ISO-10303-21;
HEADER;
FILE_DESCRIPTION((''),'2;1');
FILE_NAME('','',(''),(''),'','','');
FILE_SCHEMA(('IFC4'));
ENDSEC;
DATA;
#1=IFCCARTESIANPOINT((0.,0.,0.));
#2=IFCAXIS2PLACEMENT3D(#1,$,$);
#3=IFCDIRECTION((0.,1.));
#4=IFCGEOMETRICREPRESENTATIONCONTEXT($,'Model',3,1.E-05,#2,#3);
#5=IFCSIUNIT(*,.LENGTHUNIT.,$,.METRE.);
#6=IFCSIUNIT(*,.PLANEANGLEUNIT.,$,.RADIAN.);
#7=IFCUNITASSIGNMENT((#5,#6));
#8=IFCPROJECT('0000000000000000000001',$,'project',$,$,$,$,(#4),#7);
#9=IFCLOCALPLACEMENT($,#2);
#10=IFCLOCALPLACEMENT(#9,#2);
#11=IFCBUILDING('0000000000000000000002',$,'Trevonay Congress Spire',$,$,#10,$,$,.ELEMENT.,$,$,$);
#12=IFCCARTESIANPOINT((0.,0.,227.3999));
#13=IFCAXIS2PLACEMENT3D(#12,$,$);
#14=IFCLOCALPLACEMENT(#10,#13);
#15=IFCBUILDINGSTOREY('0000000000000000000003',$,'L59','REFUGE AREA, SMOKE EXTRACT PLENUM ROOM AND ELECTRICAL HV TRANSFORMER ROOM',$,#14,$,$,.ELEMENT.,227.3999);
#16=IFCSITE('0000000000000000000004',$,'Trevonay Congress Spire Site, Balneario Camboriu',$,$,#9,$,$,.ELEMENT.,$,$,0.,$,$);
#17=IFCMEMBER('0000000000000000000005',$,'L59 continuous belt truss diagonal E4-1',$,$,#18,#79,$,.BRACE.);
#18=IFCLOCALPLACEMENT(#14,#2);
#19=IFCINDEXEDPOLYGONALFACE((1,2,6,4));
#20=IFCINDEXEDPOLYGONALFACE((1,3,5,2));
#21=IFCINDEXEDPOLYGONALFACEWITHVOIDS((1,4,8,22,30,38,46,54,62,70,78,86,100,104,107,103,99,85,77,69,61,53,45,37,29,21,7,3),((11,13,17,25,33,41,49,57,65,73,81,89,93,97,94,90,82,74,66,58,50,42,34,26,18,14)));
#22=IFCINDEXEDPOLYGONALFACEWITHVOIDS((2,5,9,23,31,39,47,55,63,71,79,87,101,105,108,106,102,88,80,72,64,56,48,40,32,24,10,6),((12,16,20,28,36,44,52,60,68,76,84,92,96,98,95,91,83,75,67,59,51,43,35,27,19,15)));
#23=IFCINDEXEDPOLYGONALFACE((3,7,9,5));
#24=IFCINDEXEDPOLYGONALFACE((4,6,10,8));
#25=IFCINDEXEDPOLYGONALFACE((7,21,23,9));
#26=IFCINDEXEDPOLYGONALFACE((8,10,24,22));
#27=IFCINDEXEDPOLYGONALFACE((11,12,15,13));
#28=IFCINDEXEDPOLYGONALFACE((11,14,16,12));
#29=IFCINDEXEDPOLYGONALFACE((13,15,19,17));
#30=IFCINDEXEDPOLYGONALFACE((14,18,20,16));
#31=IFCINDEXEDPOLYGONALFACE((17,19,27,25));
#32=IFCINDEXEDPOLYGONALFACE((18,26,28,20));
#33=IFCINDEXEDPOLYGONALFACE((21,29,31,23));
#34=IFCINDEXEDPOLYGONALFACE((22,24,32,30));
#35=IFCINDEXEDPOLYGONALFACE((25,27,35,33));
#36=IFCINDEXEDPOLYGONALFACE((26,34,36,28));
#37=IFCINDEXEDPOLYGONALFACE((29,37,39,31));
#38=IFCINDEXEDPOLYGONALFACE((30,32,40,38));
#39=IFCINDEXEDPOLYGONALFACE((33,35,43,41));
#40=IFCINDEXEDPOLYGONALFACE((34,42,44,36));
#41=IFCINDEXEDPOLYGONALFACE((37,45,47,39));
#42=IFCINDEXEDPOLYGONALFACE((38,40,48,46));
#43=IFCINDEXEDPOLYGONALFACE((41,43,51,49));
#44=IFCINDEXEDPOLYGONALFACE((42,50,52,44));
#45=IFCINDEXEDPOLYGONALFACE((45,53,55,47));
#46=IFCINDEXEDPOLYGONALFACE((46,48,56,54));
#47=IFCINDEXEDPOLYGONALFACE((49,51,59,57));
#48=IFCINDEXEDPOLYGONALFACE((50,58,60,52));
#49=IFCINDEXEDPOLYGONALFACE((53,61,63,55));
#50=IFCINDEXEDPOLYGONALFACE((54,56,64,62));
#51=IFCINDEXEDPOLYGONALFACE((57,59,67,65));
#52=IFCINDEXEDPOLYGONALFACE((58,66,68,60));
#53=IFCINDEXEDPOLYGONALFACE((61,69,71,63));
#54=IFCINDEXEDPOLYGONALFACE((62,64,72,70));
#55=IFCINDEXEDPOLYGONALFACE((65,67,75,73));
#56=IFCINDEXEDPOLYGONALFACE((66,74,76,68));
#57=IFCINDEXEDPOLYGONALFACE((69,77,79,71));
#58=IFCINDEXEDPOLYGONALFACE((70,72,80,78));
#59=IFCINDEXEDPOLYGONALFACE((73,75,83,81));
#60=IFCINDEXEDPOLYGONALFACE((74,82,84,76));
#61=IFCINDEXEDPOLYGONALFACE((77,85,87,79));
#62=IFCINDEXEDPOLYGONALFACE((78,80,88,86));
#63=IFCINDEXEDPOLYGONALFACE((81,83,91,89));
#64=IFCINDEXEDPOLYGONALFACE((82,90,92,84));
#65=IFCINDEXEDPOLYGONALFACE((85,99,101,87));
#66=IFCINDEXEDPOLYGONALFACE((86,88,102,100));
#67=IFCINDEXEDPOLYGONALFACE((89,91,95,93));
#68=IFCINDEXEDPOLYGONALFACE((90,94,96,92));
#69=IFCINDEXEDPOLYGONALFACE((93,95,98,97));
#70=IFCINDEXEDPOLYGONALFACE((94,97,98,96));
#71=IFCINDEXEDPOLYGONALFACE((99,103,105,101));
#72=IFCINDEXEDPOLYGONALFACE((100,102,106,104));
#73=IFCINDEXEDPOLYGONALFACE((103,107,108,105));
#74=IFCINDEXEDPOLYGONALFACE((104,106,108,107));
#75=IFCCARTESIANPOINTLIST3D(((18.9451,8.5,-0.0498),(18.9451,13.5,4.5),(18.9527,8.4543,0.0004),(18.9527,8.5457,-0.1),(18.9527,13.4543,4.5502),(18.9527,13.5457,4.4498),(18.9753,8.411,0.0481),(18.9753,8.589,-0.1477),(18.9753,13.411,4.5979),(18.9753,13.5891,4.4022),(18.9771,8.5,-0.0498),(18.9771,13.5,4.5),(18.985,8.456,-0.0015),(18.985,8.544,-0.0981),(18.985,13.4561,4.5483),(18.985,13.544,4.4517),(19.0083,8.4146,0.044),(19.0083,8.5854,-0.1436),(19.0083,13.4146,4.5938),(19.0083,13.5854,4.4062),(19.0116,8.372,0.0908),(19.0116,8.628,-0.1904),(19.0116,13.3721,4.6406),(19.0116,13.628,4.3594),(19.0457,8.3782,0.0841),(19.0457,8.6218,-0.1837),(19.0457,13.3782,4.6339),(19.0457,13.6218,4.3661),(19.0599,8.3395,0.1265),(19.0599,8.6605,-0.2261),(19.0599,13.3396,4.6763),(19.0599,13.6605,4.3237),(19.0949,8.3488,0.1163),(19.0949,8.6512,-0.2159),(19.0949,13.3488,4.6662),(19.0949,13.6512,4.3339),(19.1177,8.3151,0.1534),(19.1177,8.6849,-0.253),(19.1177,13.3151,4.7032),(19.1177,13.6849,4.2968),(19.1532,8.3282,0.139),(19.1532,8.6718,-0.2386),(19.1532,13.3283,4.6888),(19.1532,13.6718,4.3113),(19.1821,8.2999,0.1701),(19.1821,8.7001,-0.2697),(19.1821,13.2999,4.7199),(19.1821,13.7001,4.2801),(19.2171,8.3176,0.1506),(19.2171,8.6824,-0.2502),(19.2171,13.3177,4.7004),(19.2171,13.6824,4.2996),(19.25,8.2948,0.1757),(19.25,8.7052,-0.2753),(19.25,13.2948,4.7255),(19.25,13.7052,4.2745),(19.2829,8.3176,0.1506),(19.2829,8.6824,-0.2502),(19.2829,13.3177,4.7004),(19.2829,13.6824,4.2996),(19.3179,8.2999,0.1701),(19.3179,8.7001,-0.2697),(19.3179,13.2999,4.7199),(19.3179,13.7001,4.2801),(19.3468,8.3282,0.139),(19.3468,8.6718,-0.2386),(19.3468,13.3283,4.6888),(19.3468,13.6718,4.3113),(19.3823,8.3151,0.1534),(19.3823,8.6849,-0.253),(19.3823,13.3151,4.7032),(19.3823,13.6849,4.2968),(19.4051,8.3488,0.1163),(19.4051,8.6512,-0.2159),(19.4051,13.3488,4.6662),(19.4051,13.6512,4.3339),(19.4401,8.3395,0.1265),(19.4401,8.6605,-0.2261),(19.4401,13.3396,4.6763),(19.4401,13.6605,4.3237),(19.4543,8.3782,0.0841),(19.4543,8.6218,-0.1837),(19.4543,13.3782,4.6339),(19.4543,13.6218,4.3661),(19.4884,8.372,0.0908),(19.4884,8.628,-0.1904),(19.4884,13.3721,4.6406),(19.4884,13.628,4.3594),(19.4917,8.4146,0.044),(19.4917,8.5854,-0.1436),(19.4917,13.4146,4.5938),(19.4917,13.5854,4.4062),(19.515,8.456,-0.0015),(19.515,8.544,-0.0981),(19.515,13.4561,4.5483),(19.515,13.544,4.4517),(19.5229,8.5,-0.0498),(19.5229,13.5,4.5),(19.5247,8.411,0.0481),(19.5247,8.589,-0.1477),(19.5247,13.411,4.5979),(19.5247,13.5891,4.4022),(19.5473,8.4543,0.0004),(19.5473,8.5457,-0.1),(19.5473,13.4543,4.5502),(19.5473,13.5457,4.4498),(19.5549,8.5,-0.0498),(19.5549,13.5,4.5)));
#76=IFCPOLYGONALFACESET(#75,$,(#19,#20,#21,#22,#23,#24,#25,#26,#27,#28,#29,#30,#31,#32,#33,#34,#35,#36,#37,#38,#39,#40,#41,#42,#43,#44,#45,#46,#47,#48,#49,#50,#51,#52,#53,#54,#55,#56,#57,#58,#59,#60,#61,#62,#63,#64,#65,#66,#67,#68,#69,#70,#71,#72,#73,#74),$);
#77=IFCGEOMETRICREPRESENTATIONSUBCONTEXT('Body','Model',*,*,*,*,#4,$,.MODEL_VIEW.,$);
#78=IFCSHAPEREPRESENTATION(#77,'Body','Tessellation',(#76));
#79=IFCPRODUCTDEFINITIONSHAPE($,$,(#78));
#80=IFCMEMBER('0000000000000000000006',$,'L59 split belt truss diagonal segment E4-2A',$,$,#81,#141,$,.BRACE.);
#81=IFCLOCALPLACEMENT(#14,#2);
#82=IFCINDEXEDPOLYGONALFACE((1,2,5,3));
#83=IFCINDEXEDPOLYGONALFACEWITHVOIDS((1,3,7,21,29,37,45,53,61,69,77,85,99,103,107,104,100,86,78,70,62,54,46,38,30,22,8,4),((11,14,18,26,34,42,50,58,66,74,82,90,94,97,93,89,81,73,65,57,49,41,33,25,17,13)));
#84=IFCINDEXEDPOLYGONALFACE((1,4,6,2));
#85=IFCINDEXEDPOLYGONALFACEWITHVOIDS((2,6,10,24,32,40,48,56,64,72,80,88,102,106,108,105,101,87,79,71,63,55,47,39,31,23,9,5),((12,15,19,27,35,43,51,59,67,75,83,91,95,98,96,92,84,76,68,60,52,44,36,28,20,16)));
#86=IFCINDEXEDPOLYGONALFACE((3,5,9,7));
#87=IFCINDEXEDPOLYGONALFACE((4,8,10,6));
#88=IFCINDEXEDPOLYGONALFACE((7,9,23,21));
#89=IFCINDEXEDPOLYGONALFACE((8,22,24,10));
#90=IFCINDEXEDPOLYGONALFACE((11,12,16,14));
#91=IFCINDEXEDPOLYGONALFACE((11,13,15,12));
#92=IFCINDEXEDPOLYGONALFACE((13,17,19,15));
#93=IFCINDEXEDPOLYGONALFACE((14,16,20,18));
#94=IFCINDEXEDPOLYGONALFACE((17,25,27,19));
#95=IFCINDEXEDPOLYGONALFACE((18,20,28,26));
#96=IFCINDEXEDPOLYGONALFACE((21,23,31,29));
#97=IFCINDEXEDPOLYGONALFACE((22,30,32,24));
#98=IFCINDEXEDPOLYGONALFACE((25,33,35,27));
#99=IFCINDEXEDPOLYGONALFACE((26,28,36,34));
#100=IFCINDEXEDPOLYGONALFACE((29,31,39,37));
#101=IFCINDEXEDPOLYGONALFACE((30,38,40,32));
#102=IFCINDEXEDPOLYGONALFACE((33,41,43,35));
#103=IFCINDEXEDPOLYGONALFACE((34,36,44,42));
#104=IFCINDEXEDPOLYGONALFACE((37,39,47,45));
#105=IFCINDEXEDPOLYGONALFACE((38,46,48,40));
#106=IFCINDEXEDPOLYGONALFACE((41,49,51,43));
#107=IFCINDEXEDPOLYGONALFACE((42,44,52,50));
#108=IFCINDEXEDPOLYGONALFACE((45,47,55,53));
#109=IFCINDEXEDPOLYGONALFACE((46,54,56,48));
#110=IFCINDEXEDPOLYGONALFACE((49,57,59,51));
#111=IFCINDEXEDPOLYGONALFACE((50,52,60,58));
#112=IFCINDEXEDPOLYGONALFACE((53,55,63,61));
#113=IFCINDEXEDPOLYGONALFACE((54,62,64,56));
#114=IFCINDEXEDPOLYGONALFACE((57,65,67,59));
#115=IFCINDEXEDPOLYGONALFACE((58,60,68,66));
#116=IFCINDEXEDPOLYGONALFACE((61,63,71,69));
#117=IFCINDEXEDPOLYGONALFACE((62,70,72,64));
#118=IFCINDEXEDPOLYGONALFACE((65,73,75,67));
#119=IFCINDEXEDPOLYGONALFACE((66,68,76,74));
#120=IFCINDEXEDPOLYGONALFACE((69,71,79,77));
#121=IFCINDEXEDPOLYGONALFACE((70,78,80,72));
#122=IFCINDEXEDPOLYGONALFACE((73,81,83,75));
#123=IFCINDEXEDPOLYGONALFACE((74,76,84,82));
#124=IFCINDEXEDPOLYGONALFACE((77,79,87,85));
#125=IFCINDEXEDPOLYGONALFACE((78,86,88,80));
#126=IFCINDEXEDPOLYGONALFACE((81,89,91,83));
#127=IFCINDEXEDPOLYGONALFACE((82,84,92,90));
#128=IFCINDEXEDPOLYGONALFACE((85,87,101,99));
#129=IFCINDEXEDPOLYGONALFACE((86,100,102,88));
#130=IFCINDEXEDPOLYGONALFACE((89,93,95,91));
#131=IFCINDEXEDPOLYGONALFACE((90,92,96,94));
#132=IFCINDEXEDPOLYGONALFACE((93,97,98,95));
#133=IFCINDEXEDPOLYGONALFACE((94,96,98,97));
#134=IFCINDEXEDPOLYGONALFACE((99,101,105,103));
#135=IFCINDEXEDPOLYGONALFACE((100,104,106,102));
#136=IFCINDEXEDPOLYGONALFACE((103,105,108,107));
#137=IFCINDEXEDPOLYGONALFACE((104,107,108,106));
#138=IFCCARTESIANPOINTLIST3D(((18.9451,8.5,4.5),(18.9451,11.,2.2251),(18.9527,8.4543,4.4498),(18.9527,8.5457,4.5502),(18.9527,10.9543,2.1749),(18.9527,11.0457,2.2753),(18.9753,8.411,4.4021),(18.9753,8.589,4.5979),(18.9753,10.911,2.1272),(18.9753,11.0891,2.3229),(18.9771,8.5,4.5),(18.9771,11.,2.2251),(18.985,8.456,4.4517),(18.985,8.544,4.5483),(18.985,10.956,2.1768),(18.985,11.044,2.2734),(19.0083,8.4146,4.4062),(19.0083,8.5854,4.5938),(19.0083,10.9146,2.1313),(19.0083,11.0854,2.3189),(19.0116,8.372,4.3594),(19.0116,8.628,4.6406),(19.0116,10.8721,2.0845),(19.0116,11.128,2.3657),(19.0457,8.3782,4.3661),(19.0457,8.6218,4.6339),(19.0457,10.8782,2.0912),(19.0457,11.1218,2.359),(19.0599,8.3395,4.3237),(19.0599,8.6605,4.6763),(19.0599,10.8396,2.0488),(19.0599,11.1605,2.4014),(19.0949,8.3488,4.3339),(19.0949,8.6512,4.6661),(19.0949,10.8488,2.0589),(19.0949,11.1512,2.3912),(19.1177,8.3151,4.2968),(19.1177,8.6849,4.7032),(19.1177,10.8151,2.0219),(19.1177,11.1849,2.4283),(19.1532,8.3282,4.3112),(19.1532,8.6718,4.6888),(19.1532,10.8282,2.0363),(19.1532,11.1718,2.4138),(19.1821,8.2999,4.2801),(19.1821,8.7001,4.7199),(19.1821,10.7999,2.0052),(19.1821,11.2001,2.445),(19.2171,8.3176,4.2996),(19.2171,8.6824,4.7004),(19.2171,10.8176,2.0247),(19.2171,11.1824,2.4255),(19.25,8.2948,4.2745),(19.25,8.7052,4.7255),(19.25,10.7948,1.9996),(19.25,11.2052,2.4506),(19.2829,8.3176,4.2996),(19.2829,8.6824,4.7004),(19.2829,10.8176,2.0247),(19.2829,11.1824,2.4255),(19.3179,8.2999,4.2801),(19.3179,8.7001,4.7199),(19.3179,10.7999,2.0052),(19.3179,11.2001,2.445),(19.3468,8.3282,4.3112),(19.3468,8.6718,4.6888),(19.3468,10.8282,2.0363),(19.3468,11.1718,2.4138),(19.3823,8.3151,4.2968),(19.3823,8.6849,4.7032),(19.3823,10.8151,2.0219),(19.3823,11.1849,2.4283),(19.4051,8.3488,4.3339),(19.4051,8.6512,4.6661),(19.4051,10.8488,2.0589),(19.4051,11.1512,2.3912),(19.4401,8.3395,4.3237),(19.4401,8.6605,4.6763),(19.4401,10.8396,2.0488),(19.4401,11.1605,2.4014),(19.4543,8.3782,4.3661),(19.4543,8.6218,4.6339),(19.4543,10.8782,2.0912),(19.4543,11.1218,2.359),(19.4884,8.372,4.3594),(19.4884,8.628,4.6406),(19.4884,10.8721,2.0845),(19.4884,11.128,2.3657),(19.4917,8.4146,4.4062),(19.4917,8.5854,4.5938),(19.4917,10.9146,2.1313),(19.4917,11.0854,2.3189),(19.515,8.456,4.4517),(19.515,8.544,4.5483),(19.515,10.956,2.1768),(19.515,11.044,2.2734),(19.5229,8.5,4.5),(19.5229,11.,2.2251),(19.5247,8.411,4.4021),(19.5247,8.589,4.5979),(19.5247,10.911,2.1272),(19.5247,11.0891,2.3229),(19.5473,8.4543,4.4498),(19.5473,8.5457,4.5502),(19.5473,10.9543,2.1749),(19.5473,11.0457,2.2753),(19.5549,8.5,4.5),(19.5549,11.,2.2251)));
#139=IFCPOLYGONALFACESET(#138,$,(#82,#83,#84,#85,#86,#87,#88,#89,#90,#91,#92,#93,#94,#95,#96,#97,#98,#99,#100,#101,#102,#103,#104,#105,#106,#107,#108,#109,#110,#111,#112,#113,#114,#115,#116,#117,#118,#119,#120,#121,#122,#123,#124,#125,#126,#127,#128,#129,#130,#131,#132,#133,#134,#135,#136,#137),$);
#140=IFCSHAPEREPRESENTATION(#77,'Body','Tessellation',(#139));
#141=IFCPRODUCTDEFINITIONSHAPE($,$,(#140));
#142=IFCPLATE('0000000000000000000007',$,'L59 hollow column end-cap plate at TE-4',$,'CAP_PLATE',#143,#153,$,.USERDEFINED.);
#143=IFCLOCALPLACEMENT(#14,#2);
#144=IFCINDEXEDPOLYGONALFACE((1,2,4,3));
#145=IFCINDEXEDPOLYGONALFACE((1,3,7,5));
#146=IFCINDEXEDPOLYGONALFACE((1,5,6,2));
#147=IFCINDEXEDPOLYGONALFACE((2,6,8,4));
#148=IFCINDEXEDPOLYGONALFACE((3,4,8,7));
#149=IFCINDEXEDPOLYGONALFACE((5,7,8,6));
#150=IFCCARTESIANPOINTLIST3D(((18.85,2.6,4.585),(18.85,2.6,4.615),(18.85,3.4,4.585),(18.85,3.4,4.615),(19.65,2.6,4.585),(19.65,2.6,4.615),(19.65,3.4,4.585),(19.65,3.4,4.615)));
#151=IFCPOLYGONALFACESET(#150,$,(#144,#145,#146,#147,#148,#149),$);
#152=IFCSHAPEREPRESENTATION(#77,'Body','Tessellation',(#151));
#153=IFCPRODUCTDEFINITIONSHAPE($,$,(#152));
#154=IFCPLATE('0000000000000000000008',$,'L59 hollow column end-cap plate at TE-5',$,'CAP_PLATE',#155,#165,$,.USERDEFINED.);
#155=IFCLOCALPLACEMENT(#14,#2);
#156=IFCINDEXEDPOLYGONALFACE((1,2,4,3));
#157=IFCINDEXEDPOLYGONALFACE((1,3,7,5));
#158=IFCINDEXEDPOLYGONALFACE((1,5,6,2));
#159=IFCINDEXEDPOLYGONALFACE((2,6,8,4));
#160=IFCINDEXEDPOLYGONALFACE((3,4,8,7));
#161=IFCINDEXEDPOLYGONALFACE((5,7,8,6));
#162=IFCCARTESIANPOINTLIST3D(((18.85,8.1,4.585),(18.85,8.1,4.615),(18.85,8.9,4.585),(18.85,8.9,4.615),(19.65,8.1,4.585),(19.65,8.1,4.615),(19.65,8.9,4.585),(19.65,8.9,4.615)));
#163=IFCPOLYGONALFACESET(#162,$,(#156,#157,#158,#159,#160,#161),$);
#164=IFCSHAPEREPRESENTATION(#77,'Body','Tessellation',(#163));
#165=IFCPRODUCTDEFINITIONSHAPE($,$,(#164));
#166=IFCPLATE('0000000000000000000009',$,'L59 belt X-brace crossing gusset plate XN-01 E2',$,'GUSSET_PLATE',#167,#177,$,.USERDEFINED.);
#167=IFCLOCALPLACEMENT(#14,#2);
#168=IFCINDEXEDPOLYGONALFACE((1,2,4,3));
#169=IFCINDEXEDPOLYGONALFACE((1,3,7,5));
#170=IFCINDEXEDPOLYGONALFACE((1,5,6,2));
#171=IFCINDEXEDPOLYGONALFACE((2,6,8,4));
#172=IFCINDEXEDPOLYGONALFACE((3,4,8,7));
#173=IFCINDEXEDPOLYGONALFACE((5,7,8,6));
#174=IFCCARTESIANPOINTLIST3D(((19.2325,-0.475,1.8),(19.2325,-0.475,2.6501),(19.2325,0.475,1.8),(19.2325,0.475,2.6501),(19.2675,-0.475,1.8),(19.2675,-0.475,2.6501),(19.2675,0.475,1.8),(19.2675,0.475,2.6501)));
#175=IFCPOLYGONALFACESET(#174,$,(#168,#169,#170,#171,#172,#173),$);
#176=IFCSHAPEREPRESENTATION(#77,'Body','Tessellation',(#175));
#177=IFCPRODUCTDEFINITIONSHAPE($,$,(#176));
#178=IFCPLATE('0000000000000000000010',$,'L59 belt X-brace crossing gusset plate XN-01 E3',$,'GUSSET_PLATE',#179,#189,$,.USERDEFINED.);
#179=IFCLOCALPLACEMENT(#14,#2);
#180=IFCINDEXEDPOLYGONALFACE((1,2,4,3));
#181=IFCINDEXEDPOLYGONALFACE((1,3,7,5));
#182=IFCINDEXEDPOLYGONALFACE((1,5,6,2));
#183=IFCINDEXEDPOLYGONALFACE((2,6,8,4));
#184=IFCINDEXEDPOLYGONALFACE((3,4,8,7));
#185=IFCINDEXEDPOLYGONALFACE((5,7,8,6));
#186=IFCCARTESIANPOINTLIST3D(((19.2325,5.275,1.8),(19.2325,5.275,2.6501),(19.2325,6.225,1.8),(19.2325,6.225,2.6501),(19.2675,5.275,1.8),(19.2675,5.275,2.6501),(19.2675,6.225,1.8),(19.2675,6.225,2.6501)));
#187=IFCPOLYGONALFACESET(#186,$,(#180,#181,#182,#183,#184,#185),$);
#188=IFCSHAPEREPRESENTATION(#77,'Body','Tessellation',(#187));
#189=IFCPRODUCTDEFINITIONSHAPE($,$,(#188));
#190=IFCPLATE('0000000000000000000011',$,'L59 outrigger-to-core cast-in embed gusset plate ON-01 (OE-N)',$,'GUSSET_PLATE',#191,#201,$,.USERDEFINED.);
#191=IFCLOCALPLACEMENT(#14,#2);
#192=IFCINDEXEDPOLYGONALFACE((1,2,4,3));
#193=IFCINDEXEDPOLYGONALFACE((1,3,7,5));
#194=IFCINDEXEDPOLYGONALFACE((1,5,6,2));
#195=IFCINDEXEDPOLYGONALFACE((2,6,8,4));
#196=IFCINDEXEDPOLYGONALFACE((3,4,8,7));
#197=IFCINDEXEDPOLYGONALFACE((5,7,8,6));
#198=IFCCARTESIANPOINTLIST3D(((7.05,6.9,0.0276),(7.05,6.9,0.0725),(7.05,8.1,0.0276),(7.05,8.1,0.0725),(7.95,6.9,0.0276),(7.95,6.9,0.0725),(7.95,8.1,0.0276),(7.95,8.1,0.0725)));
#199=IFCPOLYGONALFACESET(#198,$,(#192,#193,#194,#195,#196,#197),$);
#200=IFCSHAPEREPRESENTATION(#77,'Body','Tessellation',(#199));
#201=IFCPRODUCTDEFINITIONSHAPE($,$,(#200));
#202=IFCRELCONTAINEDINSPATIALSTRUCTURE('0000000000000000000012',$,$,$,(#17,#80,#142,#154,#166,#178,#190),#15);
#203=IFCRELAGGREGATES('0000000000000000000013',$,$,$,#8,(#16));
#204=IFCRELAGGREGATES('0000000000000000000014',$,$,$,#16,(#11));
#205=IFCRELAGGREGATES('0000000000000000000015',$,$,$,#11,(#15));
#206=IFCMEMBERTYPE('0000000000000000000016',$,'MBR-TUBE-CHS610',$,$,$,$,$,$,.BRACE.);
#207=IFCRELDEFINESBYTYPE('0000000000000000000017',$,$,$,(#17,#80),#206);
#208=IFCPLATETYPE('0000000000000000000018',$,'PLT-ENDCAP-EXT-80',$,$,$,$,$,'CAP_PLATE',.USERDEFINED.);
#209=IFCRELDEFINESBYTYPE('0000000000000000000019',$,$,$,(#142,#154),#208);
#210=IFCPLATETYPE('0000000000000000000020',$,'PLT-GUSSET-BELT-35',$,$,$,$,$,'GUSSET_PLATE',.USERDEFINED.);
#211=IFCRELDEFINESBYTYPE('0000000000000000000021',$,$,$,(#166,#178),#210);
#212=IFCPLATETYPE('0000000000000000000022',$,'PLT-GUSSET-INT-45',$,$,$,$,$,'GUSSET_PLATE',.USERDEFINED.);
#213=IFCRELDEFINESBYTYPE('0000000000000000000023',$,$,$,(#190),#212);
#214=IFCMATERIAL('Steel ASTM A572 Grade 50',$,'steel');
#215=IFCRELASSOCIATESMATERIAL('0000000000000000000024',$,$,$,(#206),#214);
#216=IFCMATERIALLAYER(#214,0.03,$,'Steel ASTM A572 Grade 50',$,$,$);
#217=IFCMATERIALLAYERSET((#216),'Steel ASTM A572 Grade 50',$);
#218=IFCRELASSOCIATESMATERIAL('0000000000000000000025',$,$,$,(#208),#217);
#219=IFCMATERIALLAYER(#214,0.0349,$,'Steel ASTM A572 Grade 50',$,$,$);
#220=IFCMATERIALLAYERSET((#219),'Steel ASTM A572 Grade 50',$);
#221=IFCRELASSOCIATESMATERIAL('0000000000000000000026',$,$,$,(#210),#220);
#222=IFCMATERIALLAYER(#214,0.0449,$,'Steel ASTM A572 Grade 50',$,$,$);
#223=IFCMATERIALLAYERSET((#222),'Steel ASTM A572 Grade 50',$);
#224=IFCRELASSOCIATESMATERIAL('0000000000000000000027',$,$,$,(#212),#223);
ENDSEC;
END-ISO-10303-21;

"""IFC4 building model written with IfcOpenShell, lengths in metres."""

from ifc_helpers import new_model, si_unit, direction, frame, origin, origin_2d, place, context, subcontext, project, spatial, rectangle, hollow_circle, extrude, material, layer, layer_set, material_profile, profile_set, type_object, element, save


model = new_model("IFC4")

# Units and contexts
model_context = context("Model", 3, precision=1e-05, world=origin(), true_north=direction((0.0, 1.0)))
body_context = subcontext(model_context, "Body", "Model", "MODEL_VIEW")
ifc_project = project(units=[si_unit("LENGTHUNIT", "METRE"), si_unit("PLANEANGLEUNIT", "RADIAN")], contexts=[model_context])

# Site, building, storey
site_placement = place(None, origin())
site = spatial("IfcSite", under=ifc_project, at=site_placement, Name="Trevonay Congress Spire Site, Balneario Camboriu", CompositionType="ELEMENT", RefElevation=0.0)
building_placement = place(site_placement, origin())
building = spatial("IfcBuilding", under=site, at=building_placement, Name="Trevonay Congress Spire", CompositionType="ELEMENT")
storey_placement = place(building_placement, frame((0.0, 0.0, 227.3999)))
storey = spatial("IfcBuildingStorey", under=building, at=storey_placement, Name="L59", Description="REFUGE AREA, SMOKE EXTRACT PLENUM ROOM AND ELECTRICAL HV TRANSFORMER ROOM", CompositionType="ELEMENT", Elevation=227.3999)

# Shared definitions
ifc_material_1 = material(Name="Steel ASTM A572 Grade 50", Category="steel")

# Members
ifc_material_profile_1 = material_profile(ifc_material_1, hollow_circle(Radius=0.3049, WallThickness=0.032, at=origin_2d()), Name="CHS 610x32")
ifc_profile_set_1 = profile_set([ifc_material_profile_1], Name="Steel ASTM A572 Grade 50")
member_type_1 = type_object("IfcMemberType", Name="MBR-TUBE-CHS610", PredefinedType="BRACE", material=ifc_profile_set_1)
member_1_placement = place(storey_placement, frame((19.25, 8.5, -0.0498), z_axis=(0.0, 0.73962, 0.673025), x_axis=(-1.0, 0.0, 0.0)))
element("IfcMember", 1, at=member_1_placement, inside=storey, type_object=member_type_1, Name="L59 continuous belt truss diagonal E4-1", PredefinedType="BRACE", context=body_context, shape_type="SweptSolid", body=[
    extrude(hollow_circle(Radius=0.3049, WallThickness=0.032, at=origin_2d()), origin(), (0.0, 0.0, 1.0), 6.7603),
])
member_2_placement = place(storey_placement, frame((19.25, 8.5, 4.5), z_axis=(0.0, 0.73962, -0.673025), x_axis=(-1.0, 0.0, 0.0)))
element("IfcMember", 2, at=member_2_placement, inside=storey, type_object=member_type_1, Name="L59 split belt truss diagonal segment E4-2A", PredefinedType="BRACE", context=body_context, shape_type="SweptSolid", body=[
    extrude(hollow_circle(Radius=0.3049, WallThickness=0.032, at=origin_2d()), origin(), (0.0, 0.0, 1.0), 3.3801),
])

# Plates
ifc_layer_1 = layer(ifc_material_1, 0.03, Name="Steel ASTM A572 Grade 50")
ifc_layer_set_1 = layer_set([ifc_layer_1], Name="Steel ASTM A572 Grade 50")
plate_type_1 = type_object("IfcPlateType", Name="PLT-ENDCAP-EXT-80", ElementType="CAP_PLATE", PredefinedType="USERDEFINED", material=ifc_layer_set_1)
for number, where, z_axis, x_axis, name in (
    (3, (19.25, 3.0, 4.585), (0.0, 0.0, 1.0), (1.0, 0.0, 0.0), "L59 hollow column end-cap plate at TE-4"),
    (4, (19.25, 8.5, 4.585), (0.0, 0.0, 1.0), (1.0, 0.0, 0.0), "L59 hollow column end-cap plate at TE-5"),
):
    element("IfcPlate", number, at=place(storey_placement, frame(where, z_axis=z_axis, x_axis=x_axis)), inside=storey, type_object=plate_type_1, Name=name, ObjectType="CAP_PLATE", PredefinedType="USERDEFINED", context=body_context, shape_type="SweptSolid", body=[
        extrude(rectangle(XDim=0.8, YDim=0.8, at=origin_2d()), origin(), (0.0, 0.0, 1.0), 0.03),
    ])
ifc_layer_2 = layer(ifc_material_1, 0.0349, Name="Steel ASTM A572 Grade 50")
ifc_layer_set_2 = layer_set([ifc_layer_2], Name="Steel ASTM A572 Grade 50")
plate_type_2 = type_object("IfcPlateType", Name="PLT-GUSSET-BELT-35", ElementType="GUSSET_PLATE", PredefinedType="USERDEFINED", material=ifc_layer_set_2)
for number, where, z_axis, x_axis, name in (
    (5, (19.25, 0.0, 1.8), (0.0, 0.0, 1.0), (1.0, 0.0, 0.0), "L59 belt X-brace crossing gusset plate XN-01 E2"),
    (6, (19.25, 5.75, 1.8), (0.0, 0.0, 1.0), (1.0, 0.0, 0.0), "L59 belt X-brace crossing gusset plate XN-01 E3"),
):
    element("IfcPlate", number, at=place(storey_placement, frame(where, z_axis=z_axis, x_axis=x_axis)), inside=storey, type_object=plate_type_2, Name=name, ObjectType="GUSSET_PLATE", PredefinedType="USERDEFINED", context=body_context, shape_type="SweptSolid", body=[
        extrude(rectangle(XDim=0.0349, YDim=0.95, at=origin_2d()), origin(), (0.0, 0.0, 1.0), 0.8501),
    ])
ifc_layer_3 = layer(ifc_material_1, 0.0449, Name="Steel ASTM A572 Grade 50")
ifc_layer_set_3 = layer_set([ifc_layer_3], Name="Steel ASTM A572 Grade 50")
plate_type_3 = type_object("IfcPlateType", Name="PLT-GUSSET-INT-45", ElementType="GUSSET_PLATE", PredefinedType="USERDEFINED", material=ifc_layer_set_3)
for number, where, z_axis, x_axis, name in (
    (7, (7.5, 7.5, 0.0276), (0.0, 0.0, 1.0), (0.0, 1.0, 0.0), "L59 outrigger-to-core cast-in embed gusset plate ON-01 (OE-N)"),
):
    element("IfcPlate", number, at=place(storey_placement, frame(where, z_axis=z_axis, x_axis=x_axis)), inside=storey, type_object=plate_type_3, Name=name, ObjectType="GUSSET_PLATE", PredefinedType="USERDEFINED", context=body_context, shape_type="SweptSolid", body=[
        extrude(rectangle(XDim=1.2, YDim=0.8999, at=origin_2d()), origin(), (0.0, 0.0, 1.0), 0.0449),
    ])

save(model, "model.ifc")
